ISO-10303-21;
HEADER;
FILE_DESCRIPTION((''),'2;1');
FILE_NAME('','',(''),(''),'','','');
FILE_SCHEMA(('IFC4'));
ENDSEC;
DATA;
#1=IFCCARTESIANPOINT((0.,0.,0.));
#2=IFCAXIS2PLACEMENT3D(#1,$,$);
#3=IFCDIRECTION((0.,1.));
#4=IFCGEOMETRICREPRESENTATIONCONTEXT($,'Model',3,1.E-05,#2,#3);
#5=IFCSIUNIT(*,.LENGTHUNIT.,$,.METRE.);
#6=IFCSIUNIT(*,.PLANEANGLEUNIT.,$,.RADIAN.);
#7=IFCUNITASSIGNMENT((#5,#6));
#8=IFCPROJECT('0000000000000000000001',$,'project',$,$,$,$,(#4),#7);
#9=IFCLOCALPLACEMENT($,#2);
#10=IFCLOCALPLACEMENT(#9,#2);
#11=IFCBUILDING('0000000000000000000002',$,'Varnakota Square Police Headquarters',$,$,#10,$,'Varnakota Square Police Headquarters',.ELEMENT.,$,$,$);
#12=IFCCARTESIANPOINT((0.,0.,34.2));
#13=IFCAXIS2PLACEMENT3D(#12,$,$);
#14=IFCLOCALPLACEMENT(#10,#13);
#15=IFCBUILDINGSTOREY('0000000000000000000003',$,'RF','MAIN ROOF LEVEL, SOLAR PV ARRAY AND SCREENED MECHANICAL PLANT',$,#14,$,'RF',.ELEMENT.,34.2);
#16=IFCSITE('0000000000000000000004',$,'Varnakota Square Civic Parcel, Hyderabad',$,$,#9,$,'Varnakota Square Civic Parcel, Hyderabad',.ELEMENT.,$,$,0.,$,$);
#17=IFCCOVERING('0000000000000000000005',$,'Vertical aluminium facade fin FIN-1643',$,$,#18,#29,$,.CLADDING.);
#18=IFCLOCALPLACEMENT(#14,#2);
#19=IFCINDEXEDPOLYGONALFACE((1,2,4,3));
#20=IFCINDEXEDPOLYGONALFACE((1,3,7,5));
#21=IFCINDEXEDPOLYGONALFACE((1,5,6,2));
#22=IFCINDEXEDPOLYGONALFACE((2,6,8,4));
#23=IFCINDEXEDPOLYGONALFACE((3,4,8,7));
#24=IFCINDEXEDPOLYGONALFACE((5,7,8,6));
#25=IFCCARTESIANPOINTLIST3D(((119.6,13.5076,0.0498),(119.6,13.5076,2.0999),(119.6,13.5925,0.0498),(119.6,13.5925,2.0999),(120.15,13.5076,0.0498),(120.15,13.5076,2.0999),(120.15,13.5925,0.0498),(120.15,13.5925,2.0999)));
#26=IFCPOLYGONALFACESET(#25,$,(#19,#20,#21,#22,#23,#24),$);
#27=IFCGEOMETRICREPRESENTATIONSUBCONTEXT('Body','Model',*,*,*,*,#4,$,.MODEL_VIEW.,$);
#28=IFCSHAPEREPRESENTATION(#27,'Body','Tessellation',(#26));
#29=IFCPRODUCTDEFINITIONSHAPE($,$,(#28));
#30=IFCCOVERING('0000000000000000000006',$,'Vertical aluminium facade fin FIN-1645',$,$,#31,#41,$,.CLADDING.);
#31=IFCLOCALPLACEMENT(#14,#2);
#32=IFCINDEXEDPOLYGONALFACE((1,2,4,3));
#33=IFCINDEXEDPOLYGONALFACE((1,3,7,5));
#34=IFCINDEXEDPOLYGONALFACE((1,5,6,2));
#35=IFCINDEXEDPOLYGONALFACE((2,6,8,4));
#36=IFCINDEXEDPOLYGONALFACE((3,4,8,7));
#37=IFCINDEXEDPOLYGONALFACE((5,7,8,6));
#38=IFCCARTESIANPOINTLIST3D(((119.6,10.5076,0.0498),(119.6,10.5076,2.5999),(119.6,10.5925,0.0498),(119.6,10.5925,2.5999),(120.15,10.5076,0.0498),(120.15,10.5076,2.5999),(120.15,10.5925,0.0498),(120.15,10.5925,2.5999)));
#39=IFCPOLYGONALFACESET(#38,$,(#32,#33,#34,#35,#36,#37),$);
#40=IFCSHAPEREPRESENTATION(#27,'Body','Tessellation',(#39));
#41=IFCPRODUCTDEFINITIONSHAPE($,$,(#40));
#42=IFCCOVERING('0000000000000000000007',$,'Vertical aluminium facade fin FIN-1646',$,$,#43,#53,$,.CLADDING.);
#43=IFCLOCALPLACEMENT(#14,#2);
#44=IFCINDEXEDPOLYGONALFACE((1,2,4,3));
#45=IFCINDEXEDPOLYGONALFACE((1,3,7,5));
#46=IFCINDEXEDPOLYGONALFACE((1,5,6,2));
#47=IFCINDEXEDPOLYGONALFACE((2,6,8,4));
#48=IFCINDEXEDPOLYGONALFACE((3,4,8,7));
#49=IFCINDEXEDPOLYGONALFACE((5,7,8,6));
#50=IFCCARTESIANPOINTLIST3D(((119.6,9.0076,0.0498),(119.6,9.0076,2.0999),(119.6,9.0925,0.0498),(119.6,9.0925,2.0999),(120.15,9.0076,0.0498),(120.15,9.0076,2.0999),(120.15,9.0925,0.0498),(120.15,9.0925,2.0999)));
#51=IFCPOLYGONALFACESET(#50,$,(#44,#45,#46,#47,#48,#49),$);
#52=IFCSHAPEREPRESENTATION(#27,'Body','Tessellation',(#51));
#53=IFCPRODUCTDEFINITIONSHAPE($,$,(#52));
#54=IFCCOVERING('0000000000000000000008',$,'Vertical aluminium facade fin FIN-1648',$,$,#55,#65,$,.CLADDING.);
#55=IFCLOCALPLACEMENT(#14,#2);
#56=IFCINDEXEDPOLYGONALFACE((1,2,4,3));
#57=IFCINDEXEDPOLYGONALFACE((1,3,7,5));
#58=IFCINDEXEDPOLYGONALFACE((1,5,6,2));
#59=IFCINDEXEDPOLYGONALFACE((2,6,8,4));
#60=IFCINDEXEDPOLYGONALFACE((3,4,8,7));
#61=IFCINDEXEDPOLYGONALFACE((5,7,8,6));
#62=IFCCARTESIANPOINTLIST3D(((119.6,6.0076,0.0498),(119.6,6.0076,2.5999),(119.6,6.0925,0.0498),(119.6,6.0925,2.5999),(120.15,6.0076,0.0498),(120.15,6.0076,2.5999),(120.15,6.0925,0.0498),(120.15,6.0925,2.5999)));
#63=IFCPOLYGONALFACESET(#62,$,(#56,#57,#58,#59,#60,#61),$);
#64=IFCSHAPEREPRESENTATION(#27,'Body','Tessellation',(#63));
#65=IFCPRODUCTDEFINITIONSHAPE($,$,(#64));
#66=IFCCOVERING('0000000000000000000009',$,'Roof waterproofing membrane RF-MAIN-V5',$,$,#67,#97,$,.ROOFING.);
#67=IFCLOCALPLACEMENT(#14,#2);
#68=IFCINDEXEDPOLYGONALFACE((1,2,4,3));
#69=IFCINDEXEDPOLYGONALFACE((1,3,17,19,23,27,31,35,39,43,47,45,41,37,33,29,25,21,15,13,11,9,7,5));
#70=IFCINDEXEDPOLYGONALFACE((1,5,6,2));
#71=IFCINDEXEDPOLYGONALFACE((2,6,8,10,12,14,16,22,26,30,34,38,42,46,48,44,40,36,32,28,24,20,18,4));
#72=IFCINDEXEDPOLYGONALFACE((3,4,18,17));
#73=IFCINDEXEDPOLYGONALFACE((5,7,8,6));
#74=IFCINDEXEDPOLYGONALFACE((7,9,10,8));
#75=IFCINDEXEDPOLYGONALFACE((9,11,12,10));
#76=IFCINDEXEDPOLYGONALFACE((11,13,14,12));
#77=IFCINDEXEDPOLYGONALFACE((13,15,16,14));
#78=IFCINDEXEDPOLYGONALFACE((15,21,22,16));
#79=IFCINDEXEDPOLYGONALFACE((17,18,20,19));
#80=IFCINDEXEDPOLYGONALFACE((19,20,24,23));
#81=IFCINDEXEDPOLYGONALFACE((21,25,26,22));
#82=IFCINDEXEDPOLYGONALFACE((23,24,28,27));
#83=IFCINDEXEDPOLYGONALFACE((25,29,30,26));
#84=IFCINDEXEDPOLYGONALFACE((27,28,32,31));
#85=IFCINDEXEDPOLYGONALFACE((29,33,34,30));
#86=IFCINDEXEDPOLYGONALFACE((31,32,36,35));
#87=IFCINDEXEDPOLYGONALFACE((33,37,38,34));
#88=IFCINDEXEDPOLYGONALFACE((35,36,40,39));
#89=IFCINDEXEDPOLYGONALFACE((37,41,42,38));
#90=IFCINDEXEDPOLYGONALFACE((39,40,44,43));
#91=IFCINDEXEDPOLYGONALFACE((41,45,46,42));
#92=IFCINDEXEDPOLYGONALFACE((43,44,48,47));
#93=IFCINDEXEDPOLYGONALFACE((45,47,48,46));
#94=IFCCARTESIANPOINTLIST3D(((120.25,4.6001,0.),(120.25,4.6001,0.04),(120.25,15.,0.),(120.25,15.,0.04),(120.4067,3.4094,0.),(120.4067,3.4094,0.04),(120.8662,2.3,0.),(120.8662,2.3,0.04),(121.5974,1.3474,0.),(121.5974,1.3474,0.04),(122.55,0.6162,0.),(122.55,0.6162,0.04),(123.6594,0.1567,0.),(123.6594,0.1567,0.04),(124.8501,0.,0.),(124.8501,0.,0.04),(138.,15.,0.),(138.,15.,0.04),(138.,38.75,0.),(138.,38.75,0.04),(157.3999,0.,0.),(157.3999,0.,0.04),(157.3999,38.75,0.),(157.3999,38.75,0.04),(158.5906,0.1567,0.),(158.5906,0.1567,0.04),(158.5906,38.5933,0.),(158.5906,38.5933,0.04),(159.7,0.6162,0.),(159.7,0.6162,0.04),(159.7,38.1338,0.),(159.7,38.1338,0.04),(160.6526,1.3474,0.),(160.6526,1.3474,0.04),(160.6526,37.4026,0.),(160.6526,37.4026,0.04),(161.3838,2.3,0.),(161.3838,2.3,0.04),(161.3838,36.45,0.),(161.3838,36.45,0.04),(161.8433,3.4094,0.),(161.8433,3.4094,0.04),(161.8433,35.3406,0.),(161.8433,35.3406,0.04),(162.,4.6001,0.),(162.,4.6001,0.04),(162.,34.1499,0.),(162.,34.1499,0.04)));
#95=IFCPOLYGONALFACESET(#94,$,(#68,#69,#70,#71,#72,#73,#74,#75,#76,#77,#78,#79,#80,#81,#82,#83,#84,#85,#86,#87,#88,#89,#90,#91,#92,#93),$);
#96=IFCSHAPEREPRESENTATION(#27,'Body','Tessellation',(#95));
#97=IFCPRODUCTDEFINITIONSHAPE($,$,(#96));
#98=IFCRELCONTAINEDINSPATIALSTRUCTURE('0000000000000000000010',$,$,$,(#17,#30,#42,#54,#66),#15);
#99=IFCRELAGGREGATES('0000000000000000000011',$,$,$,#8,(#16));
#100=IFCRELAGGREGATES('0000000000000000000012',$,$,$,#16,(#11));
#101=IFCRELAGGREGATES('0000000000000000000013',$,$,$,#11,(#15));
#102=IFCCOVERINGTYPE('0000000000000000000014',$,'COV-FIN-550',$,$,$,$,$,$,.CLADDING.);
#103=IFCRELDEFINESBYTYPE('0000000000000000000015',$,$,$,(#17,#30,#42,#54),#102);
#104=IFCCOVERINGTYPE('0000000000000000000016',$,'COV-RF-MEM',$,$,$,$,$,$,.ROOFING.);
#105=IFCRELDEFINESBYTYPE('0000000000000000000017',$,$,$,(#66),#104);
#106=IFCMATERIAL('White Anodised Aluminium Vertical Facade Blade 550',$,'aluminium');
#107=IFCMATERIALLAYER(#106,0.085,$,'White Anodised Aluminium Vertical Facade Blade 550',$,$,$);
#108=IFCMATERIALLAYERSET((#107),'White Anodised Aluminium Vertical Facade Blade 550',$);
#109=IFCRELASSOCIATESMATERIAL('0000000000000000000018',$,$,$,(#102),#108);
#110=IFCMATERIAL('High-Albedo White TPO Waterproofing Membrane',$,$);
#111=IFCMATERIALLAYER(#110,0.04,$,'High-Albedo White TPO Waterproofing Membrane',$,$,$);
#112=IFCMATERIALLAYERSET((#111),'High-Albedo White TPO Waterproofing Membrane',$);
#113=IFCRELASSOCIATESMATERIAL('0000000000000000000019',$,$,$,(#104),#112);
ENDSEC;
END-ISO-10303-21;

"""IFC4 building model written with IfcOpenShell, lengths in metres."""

from ifc_helpers import new_model, si_unit, direction, frame, origin, origin_2d, place, context, subcontext, project, spatial, polyline, rectangle, outline, extrude, material, layer, layer_set, type_object, element, save


model = new_model("IFC4")

# Units and contexts
model_context = context("Model", 3, precision=1e-05, world=origin(), true_north=direction((0.0, 1.0)))
body_context = subcontext(model_context, "Body", "Model", "MODEL_VIEW")
ifc_project = project(units=[si_unit("LENGTHUNIT", "METRE"), si_unit("PLANEANGLEUNIT", "RADIAN")], contexts=[model_context])

# Site, building, storey
site_placement = place(None, origin())
site = spatial("IfcSite", under=ifc_project, at=site_placement, Name="Varnakota Square Civic Parcel, Hyderabad", LongName="Varnakota Square Civic Parcel, Hyderabad", CompositionType="ELEMENT", RefElevation=0.0)
building_placement = place(site_placement, origin())
building = spatial("IfcBuilding", under=site, at=building_placement, Name="Varnakota Square Police Headquarters", LongName="Varnakota Square Police Headquarters", CompositionType="ELEMENT")
storey_placement = place(building_placement, frame((0.0, 0.0, 34.2)))
storey = spatial("IfcBuildingStorey", under=building, at=storey_placement, Name="RF", Description="MAIN ROOF LEVEL, SOLAR PV ARRAY AND SCREENED MECHANICAL PLANT", LongName="RF", CompositionType="ELEMENT", Elevation=34.2)

# Coverings
ifc_material_1 = material(Name="White Anodised Aluminium Vertical Facade Blade 550", Category="aluminium")
ifc_layer_1 = layer(ifc_material_1, 0.085, Name="White Anodised Aluminium Vertical Facade Blade 550")
ifc_layer_set_1 = layer_set([ifc_layer_1], Name="White Anodised Aluminium Vertical Facade Blade 550")
covering_type_1 = type_object("IfcCoveringType", Name="COV-FIN-550", PredefinedType="CLADDING", material=ifc_layer_set_1)
covering_1_placement = place(storey_placement, frame((119.875, 13.55, 0.0498), z_axis=(0.0, 0.0, 1.0), x_axis=(0.0, -1.0, 0.0)))
element("IfcCovering", 1, at=covering_1_placement, inside=storey, type_object=covering_type_1, Name="Vertical aluminium facade fin FIN-1643", PredefinedType="CLADDING", context=body_context, shape_type="SweptSolid", body=[
    extrude(rectangle(XDim=0.085, YDim=0.55, at=origin_2d()), origin(), (0.0, 0.0, 1.0), 2.05),
])
covering_2_placement = place(storey_placement, frame((119.875, 10.55, 0.0498), z_axis=(0.0, 0.0, 1.0), x_axis=(0.0, -1.0, 0.0)))
element("IfcCovering", 2, at=covering_2_placement, inside=storey, type_object=covering_type_1, Name="Vertical aluminium facade fin FIN-1645", PredefinedType="CLADDING", context=body_context, shape_type="SweptSolid", body=[
    extrude(rectangle(XDim=0.085, YDim=0.55, at=origin_2d()), origin(), (0.0, 0.0, 1.0), 2.55),
])
covering_3_placement = place(storey_placement, frame((119.875, 9.05, 0.0498), z_axis=(0.0, 0.0, 1.0), x_axis=(0.0, -1.0, 0.0)))
element("IfcCovering", 3, at=covering_3_placement, inside=storey, type_object=covering_type_1, Name="Vertical aluminium facade fin FIN-1646", PredefinedType="CLADDING", context=body_context, shape_type="SweptSolid", body=[
    extrude(rectangle(XDim=0.085, YDim=0.55, at=origin_2d()), origin(), (0.0, 0.0, 1.0), 2.05),
])
covering_4_placement = place(storey_placement, frame((119.875, 6.05, 0.0498), z_axis=(0.0, 0.0, 1.0), x_axis=(0.0, -1.0, 0.0)))
element("IfcCovering", 4, at=covering_4_placement, inside=storey, type_object=covering_type_1, Name="Vertical aluminium facade fin FIN-1648", PredefinedType="CLADDING", context=body_context, shape_type="SweptSolid", body=[
    extrude(rectangle(XDim=0.085, YDim=0.55, at=origin_2d()), origin(), (0.0, 0.0, 1.0), 2.55),
])
ifc_material_2 = material(Name="High-Albedo White TPO Waterproofing Membrane")
ifc_layer_2 = layer(ifc_material_2, 0.04, Name="High-Albedo White TPO Waterproofing Membrane")
ifc_layer_set_2 = layer_set([ifc_layer_2], Name="High-Albedo White TPO Waterproofing Membrane")
covering_type_2 = type_object("IfcCoveringType", Name="COV-RF-MEM", PredefinedType="ROOFING", material=ifc_layer_set_2)
covering_5_placement = place(storey_placement, origin())
element("IfcCovering", 5, at=covering_5_placement, inside=storey, type_object=covering_type_2, Name="Roof waterproofing membrane RF-MAIN-V5", PredefinedType="ROOFING", context=body_context, shape_type="SweptSolid", body=[
    extrude(outline(polyline([(120.25, 4.6001), (120.4067, 3.4094), (120.8662, 2.3), (121.5974, 1.3474), (122.55, 0.6162), (123.6594, 0.1567), (124.8501, 0.0), (157.3999, 0.0), (158.5906, 0.1567), (159.7, 0.6162), (160.6526, 1.3474), (161.3838, 2.3), (161.8433, 3.4094), (162.0, 4.6001), (162.0, 34.1499), (161.8433, 35.3406), (161.3838, 36.45), (160.6526, 37.4026), (159.7, 38.1338), (158.5906, 38.5933), (157.3999, 38.75), (138.0, 38.75), (138.0, 15.0), (120.25, 15.0), (120.25, 4.6001)])), origin(), (0.0, 0.0, 1.0), 0.04),
])

save(model, "model.ifc")
